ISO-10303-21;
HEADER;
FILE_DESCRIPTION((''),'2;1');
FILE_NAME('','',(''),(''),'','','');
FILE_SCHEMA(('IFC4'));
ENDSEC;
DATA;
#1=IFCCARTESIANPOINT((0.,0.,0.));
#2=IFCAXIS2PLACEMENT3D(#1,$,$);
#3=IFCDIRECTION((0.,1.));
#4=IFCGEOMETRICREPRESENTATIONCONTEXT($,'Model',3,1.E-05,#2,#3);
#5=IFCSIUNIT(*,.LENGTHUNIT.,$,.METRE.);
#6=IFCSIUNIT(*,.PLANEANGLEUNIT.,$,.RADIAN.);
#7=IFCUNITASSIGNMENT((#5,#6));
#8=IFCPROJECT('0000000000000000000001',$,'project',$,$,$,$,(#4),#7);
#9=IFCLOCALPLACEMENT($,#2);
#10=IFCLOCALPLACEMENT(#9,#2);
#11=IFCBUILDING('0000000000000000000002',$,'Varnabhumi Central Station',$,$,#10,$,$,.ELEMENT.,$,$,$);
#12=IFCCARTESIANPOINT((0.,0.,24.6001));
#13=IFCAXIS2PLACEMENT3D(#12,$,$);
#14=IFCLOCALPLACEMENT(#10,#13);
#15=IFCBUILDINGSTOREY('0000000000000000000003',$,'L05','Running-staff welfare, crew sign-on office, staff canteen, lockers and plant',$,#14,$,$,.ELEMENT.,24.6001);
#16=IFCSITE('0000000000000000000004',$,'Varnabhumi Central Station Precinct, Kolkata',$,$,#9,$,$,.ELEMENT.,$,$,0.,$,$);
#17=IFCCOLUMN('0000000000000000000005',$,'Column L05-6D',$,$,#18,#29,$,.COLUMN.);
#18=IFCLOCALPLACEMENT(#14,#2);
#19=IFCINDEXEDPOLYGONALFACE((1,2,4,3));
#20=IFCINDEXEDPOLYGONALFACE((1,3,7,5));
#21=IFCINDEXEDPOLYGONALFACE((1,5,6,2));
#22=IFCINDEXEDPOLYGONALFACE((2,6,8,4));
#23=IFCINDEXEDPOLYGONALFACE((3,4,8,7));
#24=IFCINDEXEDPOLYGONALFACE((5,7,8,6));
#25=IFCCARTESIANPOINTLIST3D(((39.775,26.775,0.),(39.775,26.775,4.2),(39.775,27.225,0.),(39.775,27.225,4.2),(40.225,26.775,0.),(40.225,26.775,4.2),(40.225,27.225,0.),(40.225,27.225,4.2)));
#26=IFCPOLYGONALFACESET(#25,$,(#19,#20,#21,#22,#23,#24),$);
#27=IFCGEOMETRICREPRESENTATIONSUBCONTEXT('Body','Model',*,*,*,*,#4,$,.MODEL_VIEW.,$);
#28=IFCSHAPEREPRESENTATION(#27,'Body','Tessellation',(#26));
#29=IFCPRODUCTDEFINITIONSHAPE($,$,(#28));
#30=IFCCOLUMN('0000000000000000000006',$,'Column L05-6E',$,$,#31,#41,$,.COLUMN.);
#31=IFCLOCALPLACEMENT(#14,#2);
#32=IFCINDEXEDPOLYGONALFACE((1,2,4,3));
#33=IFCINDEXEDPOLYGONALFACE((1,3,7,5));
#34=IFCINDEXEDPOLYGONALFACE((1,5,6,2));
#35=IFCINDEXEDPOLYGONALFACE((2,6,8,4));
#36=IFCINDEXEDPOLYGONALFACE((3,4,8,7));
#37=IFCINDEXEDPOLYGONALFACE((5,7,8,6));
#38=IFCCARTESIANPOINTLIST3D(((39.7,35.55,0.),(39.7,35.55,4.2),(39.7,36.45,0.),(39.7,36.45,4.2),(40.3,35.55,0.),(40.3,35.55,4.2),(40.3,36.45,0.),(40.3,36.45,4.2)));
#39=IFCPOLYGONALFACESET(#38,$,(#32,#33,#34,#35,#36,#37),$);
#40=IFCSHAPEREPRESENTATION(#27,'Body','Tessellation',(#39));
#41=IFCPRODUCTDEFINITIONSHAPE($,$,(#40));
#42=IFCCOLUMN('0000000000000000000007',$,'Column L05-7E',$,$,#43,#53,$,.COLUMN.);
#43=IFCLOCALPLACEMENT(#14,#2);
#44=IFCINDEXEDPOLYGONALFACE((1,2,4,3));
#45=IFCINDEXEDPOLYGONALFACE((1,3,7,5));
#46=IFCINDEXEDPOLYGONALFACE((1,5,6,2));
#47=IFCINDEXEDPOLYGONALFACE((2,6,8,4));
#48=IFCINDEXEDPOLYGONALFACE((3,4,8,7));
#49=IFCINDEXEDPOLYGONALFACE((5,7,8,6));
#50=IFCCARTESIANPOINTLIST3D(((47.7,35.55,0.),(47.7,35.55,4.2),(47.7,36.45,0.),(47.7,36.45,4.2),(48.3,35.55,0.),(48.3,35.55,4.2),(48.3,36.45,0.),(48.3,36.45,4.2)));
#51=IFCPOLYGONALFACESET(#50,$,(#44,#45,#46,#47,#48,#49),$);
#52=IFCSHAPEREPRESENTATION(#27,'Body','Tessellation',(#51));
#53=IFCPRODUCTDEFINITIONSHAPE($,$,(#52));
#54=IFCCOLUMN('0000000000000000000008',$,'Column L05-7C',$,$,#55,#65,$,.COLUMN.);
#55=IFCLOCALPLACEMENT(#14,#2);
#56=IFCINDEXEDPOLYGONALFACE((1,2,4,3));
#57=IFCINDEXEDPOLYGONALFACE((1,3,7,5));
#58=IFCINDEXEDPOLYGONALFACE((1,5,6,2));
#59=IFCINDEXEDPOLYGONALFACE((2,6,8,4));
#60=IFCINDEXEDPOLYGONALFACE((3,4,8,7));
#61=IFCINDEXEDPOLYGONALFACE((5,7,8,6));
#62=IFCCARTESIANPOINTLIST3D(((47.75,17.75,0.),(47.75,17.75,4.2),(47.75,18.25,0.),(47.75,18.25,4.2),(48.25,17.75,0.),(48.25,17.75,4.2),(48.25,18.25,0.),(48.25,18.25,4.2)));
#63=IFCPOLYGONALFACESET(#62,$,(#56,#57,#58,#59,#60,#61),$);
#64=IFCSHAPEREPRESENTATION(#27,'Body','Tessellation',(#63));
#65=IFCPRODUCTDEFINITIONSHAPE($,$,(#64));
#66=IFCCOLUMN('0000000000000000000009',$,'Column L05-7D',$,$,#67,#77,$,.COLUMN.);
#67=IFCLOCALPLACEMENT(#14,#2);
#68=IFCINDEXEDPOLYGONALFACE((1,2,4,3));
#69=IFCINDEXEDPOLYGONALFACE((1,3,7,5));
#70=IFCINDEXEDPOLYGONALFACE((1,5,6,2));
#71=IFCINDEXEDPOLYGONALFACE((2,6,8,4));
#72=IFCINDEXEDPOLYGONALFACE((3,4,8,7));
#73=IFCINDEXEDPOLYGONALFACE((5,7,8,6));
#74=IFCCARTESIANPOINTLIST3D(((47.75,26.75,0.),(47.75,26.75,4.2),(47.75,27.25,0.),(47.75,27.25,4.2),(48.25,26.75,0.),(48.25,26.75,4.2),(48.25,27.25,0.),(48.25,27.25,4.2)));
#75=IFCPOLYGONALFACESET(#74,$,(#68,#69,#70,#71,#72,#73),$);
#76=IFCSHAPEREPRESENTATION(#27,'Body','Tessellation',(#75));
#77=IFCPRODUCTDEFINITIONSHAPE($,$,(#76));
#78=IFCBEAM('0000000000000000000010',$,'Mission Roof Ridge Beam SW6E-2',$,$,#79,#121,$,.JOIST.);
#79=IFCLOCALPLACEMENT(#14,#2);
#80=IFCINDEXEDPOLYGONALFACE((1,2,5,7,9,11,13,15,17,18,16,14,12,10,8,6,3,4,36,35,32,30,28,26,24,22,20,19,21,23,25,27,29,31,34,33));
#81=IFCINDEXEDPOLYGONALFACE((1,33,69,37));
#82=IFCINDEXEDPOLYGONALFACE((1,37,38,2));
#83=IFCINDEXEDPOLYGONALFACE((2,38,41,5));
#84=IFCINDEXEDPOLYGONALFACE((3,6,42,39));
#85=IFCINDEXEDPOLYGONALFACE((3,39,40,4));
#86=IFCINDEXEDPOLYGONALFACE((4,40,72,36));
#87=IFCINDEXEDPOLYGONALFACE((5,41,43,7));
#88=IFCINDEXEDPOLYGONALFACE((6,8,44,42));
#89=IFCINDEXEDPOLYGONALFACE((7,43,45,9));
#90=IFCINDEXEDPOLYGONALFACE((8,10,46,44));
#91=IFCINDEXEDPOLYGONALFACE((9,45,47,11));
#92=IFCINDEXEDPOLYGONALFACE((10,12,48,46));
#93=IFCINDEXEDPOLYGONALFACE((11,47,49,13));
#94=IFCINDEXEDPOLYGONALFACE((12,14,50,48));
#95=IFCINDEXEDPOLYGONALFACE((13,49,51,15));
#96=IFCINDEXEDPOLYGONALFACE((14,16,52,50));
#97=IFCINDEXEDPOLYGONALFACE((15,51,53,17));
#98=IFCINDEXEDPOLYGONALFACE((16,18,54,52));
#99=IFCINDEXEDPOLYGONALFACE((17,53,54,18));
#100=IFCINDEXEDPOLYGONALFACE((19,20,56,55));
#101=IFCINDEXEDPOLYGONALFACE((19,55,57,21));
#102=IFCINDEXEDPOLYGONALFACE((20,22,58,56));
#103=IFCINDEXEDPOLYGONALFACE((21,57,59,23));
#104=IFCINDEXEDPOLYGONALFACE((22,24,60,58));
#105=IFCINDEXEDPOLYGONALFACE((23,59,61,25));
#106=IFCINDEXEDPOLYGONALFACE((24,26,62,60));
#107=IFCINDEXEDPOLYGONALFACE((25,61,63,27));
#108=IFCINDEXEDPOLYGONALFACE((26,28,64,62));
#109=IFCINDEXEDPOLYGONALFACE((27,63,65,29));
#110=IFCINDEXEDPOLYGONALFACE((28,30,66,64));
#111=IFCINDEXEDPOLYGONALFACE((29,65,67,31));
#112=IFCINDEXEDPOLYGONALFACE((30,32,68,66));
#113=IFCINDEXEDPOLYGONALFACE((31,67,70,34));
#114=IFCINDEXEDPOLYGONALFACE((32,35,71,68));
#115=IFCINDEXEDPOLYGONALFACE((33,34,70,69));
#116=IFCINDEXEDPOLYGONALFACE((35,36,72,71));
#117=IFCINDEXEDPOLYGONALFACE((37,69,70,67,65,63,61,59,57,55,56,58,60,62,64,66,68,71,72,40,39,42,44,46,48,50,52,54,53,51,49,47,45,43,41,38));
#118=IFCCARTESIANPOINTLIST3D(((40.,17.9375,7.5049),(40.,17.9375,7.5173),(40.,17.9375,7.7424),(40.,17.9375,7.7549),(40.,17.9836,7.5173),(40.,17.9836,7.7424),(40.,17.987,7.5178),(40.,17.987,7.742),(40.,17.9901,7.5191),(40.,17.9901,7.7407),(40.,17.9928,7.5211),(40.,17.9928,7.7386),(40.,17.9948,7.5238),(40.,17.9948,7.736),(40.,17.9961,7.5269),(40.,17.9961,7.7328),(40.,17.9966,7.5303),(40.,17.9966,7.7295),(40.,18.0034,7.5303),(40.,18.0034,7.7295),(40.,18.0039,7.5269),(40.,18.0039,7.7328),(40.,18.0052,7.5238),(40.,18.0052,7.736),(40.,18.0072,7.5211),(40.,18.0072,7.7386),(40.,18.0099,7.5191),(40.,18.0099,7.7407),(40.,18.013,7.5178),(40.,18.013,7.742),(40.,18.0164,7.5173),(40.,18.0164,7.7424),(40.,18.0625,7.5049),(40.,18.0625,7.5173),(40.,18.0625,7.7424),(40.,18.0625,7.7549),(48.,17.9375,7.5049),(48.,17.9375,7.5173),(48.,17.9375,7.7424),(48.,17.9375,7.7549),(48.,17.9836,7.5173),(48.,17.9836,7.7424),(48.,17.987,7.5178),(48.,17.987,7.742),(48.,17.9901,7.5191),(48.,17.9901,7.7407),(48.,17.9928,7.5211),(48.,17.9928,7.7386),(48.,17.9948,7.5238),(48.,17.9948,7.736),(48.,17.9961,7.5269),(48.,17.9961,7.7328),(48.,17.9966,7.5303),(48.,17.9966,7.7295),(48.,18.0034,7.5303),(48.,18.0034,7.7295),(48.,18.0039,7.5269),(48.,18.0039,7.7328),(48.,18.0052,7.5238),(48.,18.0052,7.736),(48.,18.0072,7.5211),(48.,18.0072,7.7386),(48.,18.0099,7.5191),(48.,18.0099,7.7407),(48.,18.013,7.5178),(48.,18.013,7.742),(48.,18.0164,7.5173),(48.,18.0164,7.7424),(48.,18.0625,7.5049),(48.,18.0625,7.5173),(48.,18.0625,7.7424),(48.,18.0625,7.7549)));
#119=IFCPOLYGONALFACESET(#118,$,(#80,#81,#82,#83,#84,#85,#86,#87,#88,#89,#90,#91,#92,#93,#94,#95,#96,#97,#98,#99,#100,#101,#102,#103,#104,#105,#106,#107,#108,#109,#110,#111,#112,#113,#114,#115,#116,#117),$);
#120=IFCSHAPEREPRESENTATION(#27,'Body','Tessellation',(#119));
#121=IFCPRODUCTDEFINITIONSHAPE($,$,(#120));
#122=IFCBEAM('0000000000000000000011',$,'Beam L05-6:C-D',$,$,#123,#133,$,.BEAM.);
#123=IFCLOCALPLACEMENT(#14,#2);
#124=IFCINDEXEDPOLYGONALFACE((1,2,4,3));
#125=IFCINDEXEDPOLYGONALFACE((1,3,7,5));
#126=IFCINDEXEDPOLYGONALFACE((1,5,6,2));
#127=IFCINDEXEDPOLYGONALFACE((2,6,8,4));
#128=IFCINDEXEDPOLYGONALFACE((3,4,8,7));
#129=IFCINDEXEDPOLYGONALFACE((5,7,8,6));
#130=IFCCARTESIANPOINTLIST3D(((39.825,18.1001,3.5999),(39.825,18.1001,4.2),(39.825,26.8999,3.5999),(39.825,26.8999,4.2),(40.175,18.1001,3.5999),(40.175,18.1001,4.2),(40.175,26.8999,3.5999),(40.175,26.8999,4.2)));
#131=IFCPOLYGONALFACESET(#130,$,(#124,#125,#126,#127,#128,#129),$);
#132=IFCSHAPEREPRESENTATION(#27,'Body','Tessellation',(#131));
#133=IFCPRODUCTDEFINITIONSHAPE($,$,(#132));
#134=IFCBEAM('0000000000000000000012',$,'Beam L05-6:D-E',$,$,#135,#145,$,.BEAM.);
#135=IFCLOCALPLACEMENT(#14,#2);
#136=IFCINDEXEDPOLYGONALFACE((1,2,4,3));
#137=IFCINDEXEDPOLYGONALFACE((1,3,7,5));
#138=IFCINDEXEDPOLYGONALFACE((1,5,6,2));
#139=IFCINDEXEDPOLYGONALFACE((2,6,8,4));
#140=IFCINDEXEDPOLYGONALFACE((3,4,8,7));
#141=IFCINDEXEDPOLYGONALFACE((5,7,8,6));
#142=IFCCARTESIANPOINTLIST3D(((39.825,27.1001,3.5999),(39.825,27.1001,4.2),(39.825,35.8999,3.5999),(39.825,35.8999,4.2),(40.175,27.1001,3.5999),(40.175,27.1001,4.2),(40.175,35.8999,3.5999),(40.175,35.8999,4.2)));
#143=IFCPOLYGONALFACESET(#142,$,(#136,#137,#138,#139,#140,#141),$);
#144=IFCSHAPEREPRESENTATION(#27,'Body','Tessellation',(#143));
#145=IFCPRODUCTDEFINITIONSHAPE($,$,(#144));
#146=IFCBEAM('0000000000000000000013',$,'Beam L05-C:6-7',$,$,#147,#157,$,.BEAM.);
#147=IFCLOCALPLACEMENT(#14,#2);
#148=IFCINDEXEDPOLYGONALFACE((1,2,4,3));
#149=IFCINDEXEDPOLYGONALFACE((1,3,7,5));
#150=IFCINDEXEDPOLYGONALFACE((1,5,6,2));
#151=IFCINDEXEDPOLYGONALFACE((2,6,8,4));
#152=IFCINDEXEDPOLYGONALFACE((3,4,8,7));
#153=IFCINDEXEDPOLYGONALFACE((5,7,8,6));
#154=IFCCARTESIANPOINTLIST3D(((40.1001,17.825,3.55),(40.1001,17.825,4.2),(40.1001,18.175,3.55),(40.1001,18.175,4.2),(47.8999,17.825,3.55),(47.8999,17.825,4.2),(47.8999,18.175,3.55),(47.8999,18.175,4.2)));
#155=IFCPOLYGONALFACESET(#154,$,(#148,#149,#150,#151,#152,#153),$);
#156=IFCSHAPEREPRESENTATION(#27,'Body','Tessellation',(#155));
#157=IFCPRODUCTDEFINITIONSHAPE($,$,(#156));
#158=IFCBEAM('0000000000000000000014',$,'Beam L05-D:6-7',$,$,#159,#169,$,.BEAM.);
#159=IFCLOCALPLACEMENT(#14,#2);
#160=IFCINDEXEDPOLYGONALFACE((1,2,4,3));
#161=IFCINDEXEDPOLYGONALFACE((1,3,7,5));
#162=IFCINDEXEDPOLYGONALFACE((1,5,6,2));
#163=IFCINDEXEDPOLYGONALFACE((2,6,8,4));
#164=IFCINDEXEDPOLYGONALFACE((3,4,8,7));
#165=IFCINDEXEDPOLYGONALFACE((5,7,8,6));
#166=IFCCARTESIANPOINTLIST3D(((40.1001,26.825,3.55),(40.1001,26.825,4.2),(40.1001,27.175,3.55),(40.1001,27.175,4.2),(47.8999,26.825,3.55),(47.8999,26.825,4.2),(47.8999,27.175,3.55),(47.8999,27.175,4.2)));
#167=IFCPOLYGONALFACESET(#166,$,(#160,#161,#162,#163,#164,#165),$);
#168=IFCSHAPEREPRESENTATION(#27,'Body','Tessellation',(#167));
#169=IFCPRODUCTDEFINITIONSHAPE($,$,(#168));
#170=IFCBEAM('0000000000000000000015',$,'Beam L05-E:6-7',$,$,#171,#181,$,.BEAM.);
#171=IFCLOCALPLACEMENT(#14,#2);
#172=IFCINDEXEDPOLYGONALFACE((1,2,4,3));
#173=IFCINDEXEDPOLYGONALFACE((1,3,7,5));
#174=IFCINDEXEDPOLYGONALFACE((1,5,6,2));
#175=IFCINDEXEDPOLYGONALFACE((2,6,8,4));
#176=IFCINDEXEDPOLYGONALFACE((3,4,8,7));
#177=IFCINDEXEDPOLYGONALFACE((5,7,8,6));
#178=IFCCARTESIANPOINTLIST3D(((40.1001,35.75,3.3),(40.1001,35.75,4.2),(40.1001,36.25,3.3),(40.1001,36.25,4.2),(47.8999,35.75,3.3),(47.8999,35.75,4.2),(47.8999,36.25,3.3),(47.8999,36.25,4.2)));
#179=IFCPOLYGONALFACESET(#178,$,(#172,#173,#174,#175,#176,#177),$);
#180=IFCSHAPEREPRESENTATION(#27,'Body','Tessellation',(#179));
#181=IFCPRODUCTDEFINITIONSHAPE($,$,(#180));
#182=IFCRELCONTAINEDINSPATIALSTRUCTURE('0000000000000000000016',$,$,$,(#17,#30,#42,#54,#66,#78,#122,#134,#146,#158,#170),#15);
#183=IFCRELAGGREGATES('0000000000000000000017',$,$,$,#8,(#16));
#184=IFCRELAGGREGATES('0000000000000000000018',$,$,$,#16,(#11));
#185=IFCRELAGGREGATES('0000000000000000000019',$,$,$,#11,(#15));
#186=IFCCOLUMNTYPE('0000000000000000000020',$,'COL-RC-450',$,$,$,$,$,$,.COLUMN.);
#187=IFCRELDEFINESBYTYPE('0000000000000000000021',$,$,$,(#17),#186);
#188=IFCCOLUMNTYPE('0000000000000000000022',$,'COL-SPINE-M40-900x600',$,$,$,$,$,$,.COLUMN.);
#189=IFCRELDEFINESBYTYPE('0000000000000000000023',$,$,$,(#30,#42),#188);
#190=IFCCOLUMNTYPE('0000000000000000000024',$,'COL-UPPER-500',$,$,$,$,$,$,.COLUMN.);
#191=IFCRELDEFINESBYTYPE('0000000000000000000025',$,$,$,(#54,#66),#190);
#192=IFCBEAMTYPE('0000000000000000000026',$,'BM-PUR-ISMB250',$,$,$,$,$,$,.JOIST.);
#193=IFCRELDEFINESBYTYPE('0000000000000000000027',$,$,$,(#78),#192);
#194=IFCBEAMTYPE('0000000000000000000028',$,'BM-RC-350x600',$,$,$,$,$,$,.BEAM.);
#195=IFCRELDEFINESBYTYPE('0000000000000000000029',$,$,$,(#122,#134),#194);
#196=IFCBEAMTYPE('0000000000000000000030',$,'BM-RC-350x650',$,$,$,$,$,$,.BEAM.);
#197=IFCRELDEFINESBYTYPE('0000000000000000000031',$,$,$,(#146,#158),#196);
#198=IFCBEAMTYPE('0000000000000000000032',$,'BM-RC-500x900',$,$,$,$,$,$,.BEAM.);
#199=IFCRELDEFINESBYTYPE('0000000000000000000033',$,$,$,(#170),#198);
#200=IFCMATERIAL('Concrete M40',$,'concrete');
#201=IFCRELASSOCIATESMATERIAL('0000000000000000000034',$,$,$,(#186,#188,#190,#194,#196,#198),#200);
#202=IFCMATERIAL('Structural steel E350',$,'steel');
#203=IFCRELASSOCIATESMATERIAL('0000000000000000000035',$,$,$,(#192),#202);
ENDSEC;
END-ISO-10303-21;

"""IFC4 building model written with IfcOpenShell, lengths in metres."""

from ifc_helpers import new_model, si_unit, direction, frame, origin, origin_2d, place, context, subcontext, project, spatial, rectangle, i_section, extrude, material, material_profile, profile_set, type_object, element, save


model = new_model("IFC4")

# Units and contexts
model_context = context("Model", 3, precision=1e-05, world=origin(), true_north=direction((0.0, 1.0)))
body_context = subcontext(model_context, "Body", "Model", "MODEL_VIEW")
ifc_project = project(units=[si_unit("LENGTHUNIT", "METRE"), si_unit("PLANEANGLEUNIT", "RADIAN")], contexts=[model_context])

# Site, building, storey
site_placement = place(None, origin())
site = spatial("IfcSite", under=ifc_project, at=site_placement, Name="Varnabhumi Central Station Precinct, Kolkata", CompositionType="ELEMENT", RefElevation=0.0)
building_placement = place(site_placement, origin())
building = spatial("IfcBuilding", under=site, at=building_placement, Name="Varnabhumi Central Station", CompositionType="ELEMENT")
storey_placement = place(building_placement, frame((0.0, 0.0, 24.6001)))
storey = spatial("IfcBuildingStorey", under=building, at=storey_placement, Name="L05", Description="Running-staff welfare, crew sign-on office, staff canteen, lockers and plant", CompositionType="ELEMENT", Elevation=24.6001)

# Columns
ifc_material_1 = material(Name="Concrete M40", Category="concrete")
ifc_material_profile_1 = material_profile(ifc_material_1, rectangle(XDim=0.45, YDim=0.45, at=origin_2d()), Name="Concrete M40", Category="concrete")
ifc_profile_set_1 = profile_set([ifc_material_profile_1], Name="Concrete M40")
column_type_1 = type_object("IfcColumnType", Name="COL-RC-450", PredefinedType="COLUMN", material=ifc_profile_set_1)
column_placement = place(storey_placement, frame((40.0, 27.0, 0.0), z_axis=(0.0, 0.0, 1.0), x_axis=(1.0, 0.0, 0.0)))
element("IfcColumn", 1, at=column_placement, inside=storey, type_object=column_type_1, Name="Column L05-6D", PredefinedType="COLUMN", context=body_context, shape_type="SweptSolid", body=[
    extrude(rectangle(XDim=0.45, YDim=0.45, at=origin_2d()), origin(), (0.0, 0.0, 1.0), 4.2),
])
ifc_material_profile_2 = material_profile(ifc_material_1, rectangle(XDim=0.6001, YDim=0.8999, at=origin_2d()), Name="Concrete M40", Category="concrete")
ifc_profile_set_2 = profile_set([ifc_material_profile_2], Name="Concrete M40")
column_type_2 = type_object("IfcColumnType", Name="COL-SPINE-M40-900x600", PredefinedType="COLUMN", material=ifc_profile_set_2)
for number, where, z_axis, x_axis, name in (
    (2, (40.0, 36.0, 0.0), (0.0, 0.0, 1.0), (1.0, 0.0, 0.0), "Column L05-6E"),
    (3, (48.0, 36.0, 0.0), (0.0, 0.0, 1.0), (1.0, 0.0, 0.0), "Column L05-7E"),
):
    element("IfcColumn", number, at=place(storey_placement, frame(where, z_axis=z_axis, x_axis=x_axis)), inside=storey, type_object=column_type_2, Name=name, PredefinedType="COLUMN", context=body_context, shape_type="SweptSolid", body=[
        extrude(rectangle(XDim=0.6001, YDim=0.8999, at=origin_2d()), origin(), (0.0, 0.0, 1.0), 4.2),
    ])
ifc_material_profile_3 = material_profile(ifc_material_1, rectangle(XDim=0.5, YDim=0.5, at=origin_2d()), Name="Concrete M40", Category="concrete")
ifc_profile_set_3 = profile_set([ifc_material_profile_3], Name="Concrete M40")
column_type_3 = type_object("IfcColumnType", Name="COL-UPPER-500", PredefinedType="COLUMN", material=ifc_profile_set_3)
for number, where, z_axis, x_axis, name in (
    (4, (48.0, 18.0, 0.0), (0.0, 0.0, 1.0), (1.0, 0.0, 0.0), "Column L05-7C"),
    (5, (48.0, 27.0, 0.0), (0.0, 0.0, 1.0), (1.0, 0.0, 0.0), "Column L05-7D"),
):
    element("IfcColumn", number, at=place(storey_placement, frame(where, z_axis=z_axis, x_axis=x_axis)), inside=storey, type_object=column_type_3, Name=name, PredefinedType="COLUMN", context=body_context, shape_type="SweptSolid", body=[
        extrude(rectangle(XDim=0.5, YDim=0.5, at=origin_2d()), origin(), (0.0, 0.0, 1.0), 4.2),
    ])

# Beams
ifc_material_2 = material(Name="Structural steel E350", Category="steel")
ifc_material_profile_4 = material_profile(ifc_material_2, i_section(OverallWidth=0.125, OverallDepth=0.25, WebThickness=0.0068, FlangeThickness=0.0125, FilletRadius=0.0129, at=origin_2d()), Name="Structural steel E350", Category="steel")
ifc_profile_set_4 = profile_set([ifc_material_profile_4], Name="Structural steel E350")
beam_type_1 = type_object("IfcBeamType", Name="BM-PUR-ISMB250", PredefinedType="JOIST", material=ifc_profile_set_4)
beam_1_placement = place(storey_placement, frame((40.0, 18.0, 7.6299), z_axis=(1.0, 0.0, 0.0), x_axis=(0.0, 1.0, 0.0)))
element("IfcBeam", 6, at=beam_1_placement, inside=storey, type_object=beam_type_1, Name="Mission Roof Ridge Beam SW6E-2", PredefinedType="JOIST", context=body_context, shape_type="SweptSolid", body=[
    extrude(i_section(OverallWidth=0.125, OverallDepth=0.25, WebThickness=0.0068, FlangeThickness=0.0125, FilletRadius=0.0129, at=origin_2d()), origin(), (0.0, 0.0, 1.0), 8.0),
])
ifc_material_profile_5 = material_profile(ifc_material_1, rectangle(XDim=0.3501, YDim=0.6001, at=origin_2d()), Name="Concrete M40", Category="concrete")
ifc_profile_set_5 = profile_set([ifc_material_profile_5], Name="Concrete M40")
beam_type_2 = type_object("IfcBeamType", Name="BM-RC-350x600", PredefinedType="BEAM", material=ifc_profile_set_5)
for number, where, z_axis, x_axis, name in (
    (7, (40.0, 18.1001, 3.8999), (0.0, 1.0, 0.0), (-1.0, 0.0, 0.0), "Beam L05-6:C-D"),
    (8, (40.0, 27.1001, 3.8999), (0.0, 1.0, 0.0), (-1.0, 0.0, 0.0), "Beam L05-6:D-E"),
):
    element("IfcBeam", number, at=place(storey_placement, frame(where, z_axis=z_axis, x_axis=x_axis)), inside=storey, type_object=beam_type_2, Name=name, PredefinedType="BEAM", context=body_context, shape_type="SweptSolid", body=[
        extrude(rectangle(XDim=0.3501, YDim=0.6001, at=origin_2d()), origin(), (0.0, 0.0, 1.0), 8.7998),
    ])
ifc_material_profile_6 = material_profile(ifc_material_1, rectangle(XDim=0.3501, YDim=0.6499, at=origin_2d()), Name="Concrete M40", Category="concrete")
ifc_profile_set_6 = profile_set([ifc_material_profile_6], Name="Concrete M40")
beam_type_3 = type_object("IfcBeamType", Name="BM-RC-350x650", PredefinedType="BEAM", material=ifc_profile_set_6)
for number, where, z_axis, x_axis, name in (
    (9, (40.1001, 18.0, 3.875), (1.0, 0.0, 0.0), (0.0, 1.0, 0.0), "Beam L05-C:6-7"),
    (10, (40.1001, 27.0, 3.875), (1.0, 0.0, 0.0), (0.0, 1.0, 0.0), "Beam L05-D:6-7"),
):
    element("IfcBeam", number, at=place(storey_placement, frame(where, z_axis=z_axis, x_axis=x_axis)), inside=storey, type_object=beam_type_3, Name=name, PredefinedType="BEAM", context=body_context, shape_type="SweptSolid", body=[
        extrude(rectangle(XDim=0.3501, YDim=0.6499, at=origin_2d()), origin(), (0.0, 0.0, 1.0), 7.7998),
    ])
ifc_material_profile_7 = material_profile(ifc_material_1, rectangle(XDim=0.5, YDim=0.8999, at=origin_2d()), Name="Concrete M40", Category="concrete")
ifc_profile_set_7 = profile_set([ifc_material_profile_7], Name="Concrete M40")
beam_type_4 = type_object("IfcBeamType", Name="BM-RC-500x900", PredefinedType="BEAM", material=ifc_profile_set_7)
beam_2_placement = place(storey_placement, frame((40.1001, 36.0, 3.75), z_axis=(1.0, 0.0, 0.0), x_axis=(0.0, 1.0, 0.0)))
element("IfcBeam", 11, at=beam_2_placement, inside=storey, type_object=beam_type_4, Name="Beam L05-E:6-7", PredefinedType="BEAM", context=body_context, shape_type="SweptSolid", body=[
    extrude(rectangle(XDim=0.5, YDim=0.8999, at=origin_2d()), origin(), (0.0, 0.0, 1.0), 7.7998),
])

save(model, "model.ifc")
